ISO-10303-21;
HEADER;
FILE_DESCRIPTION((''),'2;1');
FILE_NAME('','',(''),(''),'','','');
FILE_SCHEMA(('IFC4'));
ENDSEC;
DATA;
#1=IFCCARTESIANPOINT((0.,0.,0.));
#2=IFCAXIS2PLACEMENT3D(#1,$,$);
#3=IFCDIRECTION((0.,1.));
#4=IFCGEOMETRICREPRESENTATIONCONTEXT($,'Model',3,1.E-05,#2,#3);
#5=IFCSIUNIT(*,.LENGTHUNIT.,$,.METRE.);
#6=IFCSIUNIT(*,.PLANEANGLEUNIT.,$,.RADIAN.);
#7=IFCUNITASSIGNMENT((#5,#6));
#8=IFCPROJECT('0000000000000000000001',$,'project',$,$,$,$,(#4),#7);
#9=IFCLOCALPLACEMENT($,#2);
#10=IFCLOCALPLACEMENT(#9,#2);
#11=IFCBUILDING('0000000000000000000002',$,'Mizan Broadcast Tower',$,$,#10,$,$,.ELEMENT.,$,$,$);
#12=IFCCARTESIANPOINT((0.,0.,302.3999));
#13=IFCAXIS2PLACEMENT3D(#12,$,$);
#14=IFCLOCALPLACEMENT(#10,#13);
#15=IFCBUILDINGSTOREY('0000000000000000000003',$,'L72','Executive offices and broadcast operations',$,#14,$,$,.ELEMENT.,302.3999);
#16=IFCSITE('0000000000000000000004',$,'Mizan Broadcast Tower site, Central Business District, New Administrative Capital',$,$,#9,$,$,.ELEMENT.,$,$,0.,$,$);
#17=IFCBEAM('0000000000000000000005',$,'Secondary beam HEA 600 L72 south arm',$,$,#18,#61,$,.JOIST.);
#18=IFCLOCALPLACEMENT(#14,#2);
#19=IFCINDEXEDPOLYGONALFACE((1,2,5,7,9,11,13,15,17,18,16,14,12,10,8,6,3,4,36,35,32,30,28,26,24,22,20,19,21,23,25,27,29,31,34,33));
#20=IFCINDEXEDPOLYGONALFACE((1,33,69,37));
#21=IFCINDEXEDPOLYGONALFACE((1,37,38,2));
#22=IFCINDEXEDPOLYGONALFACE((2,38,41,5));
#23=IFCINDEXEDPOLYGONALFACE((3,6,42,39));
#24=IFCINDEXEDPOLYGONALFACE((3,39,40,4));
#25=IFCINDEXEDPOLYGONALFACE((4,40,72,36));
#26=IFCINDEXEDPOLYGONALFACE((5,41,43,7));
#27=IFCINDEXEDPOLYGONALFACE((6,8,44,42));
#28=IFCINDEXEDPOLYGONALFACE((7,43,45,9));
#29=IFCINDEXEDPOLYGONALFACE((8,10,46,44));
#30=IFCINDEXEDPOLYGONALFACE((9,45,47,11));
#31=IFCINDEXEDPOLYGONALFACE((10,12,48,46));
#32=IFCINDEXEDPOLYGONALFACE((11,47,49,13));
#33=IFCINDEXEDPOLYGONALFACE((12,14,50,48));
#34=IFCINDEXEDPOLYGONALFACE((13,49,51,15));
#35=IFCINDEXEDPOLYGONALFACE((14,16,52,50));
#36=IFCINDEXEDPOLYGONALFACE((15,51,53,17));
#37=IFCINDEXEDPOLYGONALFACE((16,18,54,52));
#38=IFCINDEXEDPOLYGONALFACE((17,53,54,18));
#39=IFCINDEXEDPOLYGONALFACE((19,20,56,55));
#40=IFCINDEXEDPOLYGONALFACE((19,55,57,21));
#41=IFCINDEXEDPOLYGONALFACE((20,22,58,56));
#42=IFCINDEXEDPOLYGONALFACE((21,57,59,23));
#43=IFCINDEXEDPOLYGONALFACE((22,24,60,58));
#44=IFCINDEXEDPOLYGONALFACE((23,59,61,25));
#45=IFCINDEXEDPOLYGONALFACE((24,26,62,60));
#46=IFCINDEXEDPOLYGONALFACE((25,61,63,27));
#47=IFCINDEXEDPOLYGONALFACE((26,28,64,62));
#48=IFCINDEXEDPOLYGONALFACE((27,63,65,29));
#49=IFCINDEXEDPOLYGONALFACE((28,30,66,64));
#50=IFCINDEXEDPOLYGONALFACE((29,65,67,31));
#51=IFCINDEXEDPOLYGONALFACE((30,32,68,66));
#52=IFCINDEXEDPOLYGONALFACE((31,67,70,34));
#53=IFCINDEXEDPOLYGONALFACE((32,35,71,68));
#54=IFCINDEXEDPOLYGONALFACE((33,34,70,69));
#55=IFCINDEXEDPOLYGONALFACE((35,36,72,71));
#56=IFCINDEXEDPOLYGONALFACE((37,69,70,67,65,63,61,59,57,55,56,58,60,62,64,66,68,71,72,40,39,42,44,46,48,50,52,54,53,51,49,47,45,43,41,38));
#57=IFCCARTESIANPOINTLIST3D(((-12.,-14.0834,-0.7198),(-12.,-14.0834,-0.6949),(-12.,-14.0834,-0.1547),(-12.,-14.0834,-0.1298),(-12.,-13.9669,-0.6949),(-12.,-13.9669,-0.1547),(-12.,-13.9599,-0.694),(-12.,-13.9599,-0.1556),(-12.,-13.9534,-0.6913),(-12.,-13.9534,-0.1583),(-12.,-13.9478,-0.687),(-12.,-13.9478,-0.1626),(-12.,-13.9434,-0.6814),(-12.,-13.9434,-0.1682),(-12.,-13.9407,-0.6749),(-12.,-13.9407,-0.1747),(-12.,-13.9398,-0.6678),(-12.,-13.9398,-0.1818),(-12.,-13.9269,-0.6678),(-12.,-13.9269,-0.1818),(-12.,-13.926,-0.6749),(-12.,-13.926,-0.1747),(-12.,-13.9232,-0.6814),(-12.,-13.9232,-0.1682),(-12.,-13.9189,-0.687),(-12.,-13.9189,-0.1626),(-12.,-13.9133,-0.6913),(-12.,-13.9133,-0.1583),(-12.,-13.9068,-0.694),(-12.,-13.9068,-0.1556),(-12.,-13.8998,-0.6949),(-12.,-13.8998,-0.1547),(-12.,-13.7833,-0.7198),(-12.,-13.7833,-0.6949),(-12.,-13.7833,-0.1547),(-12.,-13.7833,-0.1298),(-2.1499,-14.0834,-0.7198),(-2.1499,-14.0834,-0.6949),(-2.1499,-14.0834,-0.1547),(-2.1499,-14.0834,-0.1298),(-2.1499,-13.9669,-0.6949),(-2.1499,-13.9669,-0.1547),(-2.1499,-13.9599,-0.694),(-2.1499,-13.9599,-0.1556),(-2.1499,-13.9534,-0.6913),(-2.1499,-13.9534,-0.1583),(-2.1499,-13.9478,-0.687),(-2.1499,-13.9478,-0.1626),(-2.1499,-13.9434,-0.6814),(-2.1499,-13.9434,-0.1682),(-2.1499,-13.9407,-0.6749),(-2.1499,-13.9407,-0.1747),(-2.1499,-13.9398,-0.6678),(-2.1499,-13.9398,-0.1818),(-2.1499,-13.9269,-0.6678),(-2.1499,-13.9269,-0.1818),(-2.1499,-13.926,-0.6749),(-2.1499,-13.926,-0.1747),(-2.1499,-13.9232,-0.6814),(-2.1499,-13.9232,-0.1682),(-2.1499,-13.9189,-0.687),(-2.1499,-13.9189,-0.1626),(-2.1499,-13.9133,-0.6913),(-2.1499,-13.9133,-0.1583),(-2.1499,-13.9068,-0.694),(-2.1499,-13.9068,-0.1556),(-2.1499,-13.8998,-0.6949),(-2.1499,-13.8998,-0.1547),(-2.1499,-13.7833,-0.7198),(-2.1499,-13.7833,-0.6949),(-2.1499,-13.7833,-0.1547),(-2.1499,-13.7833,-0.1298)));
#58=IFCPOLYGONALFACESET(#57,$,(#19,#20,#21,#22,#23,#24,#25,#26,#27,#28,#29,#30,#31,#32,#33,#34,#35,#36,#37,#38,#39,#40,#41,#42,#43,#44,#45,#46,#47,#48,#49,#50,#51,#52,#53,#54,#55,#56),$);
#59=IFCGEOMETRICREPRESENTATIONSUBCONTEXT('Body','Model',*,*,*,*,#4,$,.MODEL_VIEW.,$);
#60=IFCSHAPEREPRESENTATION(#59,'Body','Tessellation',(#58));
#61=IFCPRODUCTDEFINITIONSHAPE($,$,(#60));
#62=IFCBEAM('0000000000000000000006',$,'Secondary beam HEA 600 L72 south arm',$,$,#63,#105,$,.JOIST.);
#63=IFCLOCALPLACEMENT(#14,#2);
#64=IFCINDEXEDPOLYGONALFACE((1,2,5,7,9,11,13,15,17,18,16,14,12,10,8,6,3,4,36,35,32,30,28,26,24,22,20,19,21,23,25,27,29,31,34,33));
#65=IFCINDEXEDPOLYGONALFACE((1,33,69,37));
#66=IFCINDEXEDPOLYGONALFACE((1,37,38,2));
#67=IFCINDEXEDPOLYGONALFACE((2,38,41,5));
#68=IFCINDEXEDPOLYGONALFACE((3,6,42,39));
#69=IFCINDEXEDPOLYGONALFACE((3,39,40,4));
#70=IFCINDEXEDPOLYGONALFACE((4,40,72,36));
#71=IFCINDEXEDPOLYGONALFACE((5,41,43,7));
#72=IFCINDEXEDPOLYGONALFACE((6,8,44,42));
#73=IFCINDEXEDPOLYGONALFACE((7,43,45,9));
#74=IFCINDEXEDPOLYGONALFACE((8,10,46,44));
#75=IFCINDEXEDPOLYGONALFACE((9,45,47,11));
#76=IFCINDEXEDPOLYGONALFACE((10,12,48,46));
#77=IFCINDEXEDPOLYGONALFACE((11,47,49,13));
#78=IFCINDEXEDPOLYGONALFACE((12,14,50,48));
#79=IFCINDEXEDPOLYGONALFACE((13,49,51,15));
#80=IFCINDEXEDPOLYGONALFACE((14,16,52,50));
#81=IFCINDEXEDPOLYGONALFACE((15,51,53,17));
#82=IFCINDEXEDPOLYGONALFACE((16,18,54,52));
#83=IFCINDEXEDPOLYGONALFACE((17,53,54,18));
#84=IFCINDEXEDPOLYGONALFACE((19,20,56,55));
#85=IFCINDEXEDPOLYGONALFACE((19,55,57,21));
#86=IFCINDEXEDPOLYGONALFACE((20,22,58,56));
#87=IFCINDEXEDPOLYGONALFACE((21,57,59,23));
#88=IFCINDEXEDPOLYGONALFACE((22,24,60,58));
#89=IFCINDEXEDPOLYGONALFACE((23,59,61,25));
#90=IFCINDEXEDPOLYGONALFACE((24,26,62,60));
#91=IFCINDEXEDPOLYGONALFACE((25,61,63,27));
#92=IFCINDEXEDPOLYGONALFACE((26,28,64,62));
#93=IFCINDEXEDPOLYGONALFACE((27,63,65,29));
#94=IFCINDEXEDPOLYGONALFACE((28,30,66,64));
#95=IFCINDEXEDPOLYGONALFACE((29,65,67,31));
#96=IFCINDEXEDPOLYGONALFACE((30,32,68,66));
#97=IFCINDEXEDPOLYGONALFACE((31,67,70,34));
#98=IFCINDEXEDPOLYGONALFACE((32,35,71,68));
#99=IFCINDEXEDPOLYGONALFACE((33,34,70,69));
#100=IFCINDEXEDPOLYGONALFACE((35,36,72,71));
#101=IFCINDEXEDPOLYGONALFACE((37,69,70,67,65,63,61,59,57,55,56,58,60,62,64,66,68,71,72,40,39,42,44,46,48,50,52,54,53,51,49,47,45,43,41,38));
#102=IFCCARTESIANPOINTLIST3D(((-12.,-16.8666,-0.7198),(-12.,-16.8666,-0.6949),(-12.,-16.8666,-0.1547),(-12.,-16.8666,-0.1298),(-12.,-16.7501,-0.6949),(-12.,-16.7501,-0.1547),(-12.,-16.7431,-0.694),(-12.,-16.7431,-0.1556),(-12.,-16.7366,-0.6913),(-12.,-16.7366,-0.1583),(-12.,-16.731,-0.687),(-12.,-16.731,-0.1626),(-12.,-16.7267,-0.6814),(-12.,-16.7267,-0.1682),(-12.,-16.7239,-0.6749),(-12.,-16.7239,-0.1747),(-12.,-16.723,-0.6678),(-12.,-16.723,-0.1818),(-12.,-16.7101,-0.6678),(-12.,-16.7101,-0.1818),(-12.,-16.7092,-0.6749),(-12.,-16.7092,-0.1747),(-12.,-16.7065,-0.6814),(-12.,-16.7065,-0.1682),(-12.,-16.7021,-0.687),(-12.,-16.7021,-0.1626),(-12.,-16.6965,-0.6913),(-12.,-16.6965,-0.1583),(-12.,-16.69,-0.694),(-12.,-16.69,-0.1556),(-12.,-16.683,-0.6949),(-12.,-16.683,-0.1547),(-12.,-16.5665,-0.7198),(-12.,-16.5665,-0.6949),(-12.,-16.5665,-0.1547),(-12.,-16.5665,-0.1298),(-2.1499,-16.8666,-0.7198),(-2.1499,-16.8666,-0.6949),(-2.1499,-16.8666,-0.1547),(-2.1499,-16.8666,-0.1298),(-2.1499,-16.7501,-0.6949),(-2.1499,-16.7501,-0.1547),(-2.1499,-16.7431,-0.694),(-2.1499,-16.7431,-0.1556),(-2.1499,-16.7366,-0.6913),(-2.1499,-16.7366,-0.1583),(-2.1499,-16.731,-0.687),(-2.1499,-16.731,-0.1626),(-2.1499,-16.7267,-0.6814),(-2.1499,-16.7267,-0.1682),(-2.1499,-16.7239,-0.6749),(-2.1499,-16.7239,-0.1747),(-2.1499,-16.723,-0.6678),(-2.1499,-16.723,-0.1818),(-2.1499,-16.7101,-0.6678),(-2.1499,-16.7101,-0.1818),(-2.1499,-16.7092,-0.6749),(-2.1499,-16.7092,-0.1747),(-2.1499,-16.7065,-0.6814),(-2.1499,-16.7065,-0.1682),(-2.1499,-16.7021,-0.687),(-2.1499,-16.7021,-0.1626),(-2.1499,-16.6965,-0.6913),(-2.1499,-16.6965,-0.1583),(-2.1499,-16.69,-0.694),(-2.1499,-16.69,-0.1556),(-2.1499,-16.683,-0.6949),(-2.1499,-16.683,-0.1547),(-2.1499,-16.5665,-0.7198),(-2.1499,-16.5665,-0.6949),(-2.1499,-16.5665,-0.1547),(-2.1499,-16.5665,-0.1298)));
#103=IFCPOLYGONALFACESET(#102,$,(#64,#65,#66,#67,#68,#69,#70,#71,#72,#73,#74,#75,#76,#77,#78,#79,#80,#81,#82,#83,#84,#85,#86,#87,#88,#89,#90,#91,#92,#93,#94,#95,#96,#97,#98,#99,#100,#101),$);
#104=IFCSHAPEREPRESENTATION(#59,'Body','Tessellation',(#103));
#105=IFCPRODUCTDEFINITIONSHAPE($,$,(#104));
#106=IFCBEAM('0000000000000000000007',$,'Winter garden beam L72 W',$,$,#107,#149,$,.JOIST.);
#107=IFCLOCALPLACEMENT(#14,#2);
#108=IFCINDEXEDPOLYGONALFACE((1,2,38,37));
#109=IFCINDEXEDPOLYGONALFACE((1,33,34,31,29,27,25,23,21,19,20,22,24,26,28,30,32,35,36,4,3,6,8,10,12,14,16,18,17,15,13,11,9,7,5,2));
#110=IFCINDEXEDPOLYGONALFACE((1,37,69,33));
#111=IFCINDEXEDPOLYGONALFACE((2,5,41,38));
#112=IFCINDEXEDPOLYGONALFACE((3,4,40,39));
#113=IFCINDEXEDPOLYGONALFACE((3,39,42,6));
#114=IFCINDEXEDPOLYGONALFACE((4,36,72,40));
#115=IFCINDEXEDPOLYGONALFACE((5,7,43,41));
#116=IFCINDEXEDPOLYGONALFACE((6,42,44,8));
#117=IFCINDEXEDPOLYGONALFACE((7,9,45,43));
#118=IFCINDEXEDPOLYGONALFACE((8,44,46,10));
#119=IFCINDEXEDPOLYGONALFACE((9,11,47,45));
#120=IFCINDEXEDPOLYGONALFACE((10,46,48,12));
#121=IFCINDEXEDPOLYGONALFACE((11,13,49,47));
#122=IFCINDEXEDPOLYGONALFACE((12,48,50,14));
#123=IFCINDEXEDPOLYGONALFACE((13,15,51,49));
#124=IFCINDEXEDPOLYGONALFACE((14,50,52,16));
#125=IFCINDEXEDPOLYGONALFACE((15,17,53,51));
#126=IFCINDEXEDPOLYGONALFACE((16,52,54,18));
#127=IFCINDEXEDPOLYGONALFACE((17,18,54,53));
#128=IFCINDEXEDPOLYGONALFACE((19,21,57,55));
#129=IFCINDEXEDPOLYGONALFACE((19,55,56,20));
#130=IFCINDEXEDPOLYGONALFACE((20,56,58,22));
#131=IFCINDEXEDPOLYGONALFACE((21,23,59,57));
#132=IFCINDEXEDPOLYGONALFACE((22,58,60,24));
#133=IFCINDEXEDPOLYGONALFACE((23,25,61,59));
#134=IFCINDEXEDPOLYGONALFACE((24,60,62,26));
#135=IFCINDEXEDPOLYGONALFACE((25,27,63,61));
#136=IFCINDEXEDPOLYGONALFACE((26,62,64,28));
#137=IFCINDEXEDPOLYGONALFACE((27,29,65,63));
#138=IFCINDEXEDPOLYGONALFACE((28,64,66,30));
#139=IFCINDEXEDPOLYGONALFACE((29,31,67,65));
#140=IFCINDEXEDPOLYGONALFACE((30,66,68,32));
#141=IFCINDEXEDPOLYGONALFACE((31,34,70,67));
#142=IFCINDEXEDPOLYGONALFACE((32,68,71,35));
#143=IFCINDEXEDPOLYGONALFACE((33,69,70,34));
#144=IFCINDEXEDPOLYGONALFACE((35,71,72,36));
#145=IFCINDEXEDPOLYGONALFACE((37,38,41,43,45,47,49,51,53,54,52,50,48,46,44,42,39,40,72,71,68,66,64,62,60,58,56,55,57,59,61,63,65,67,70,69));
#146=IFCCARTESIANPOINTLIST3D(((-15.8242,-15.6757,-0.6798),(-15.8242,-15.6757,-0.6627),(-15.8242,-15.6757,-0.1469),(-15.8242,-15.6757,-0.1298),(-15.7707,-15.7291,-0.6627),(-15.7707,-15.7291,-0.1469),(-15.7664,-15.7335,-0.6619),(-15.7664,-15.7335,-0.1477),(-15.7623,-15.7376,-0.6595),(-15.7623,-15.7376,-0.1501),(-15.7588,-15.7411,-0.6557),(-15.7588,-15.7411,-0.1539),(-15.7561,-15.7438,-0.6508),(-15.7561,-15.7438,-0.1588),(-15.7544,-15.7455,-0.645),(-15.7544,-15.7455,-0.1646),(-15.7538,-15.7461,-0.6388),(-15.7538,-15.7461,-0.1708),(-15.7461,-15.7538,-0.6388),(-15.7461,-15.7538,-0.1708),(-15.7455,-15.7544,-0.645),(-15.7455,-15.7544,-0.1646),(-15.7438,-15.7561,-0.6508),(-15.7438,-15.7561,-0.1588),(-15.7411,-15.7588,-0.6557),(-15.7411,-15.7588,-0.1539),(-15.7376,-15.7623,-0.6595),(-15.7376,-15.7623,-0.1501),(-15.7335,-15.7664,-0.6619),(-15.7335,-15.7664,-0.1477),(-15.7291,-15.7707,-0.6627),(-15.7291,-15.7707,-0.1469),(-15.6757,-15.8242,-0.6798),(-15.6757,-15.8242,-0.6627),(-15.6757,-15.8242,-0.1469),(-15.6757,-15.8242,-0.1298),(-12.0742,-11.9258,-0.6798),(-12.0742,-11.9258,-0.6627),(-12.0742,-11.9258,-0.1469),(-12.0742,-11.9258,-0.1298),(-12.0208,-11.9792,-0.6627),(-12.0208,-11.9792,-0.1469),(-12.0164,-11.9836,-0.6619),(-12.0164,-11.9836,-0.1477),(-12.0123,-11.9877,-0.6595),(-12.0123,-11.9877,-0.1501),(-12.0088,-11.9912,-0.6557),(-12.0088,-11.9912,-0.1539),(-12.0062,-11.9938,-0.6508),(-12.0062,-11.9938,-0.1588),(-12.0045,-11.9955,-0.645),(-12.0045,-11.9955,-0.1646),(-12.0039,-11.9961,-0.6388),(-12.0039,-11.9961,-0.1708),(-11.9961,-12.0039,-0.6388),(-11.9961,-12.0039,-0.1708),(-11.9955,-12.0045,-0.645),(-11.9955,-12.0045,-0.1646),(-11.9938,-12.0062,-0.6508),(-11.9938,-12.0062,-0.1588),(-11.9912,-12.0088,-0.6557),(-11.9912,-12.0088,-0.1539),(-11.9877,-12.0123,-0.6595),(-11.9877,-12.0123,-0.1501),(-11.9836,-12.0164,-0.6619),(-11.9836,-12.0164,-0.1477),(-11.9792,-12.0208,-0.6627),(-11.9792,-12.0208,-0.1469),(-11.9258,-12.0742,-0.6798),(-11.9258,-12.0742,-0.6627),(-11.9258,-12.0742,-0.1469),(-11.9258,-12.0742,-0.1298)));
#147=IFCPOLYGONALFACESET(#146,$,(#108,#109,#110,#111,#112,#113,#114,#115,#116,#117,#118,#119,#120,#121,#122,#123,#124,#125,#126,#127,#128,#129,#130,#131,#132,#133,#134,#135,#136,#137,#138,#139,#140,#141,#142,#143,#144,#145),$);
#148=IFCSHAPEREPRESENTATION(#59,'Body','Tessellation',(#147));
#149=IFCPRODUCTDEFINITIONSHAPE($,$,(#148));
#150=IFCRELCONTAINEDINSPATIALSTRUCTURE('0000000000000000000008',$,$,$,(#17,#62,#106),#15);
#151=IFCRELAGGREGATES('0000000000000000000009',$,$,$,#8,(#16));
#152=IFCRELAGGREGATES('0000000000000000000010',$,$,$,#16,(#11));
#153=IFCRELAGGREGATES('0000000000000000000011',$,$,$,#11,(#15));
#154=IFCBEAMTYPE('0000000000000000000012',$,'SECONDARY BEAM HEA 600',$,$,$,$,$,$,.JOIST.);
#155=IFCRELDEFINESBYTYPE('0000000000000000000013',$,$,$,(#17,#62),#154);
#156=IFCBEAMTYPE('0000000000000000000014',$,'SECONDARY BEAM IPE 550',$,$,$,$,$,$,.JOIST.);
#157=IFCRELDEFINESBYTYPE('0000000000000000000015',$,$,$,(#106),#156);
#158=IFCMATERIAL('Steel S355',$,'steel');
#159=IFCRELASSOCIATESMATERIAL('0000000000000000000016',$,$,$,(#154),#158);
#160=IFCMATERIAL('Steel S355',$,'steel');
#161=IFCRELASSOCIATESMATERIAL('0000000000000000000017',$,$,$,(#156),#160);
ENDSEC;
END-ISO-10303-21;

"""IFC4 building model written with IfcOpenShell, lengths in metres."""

from ifc_helpers import new_model, si_unit, direction, frame, origin, origin_2d, place, context, subcontext, project, spatial, i_section, extrude, material, material_profile, profile_set, type_object, element, save


model = new_model("IFC4")

# Units and contexts
model_context = context("Model", 3, precision=1e-05, world=origin(), true_north=direction((0.0, 1.0)))
body_context = subcontext(model_context, "Body", "Model", "MODEL_VIEW")
ifc_project = project(units=[si_unit("LENGTHUNIT", "METRE"), si_unit("PLANEANGLEUNIT", "RADIAN")], contexts=[model_context])

# Site, building, storey
site_placement = place(None, origin())
site = spatial("IfcSite", under=ifc_project, at=site_placement, Name="Mizan Broadcast Tower site, Central Business District, New Administrative Capital", CompositionType="ELEMENT", RefElevation=0.0)
building_placement = place(site_placement, origin())
building = spatial("IfcBuilding", under=site, at=building_placement, Name="Mizan Broadcast Tower", CompositionType="ELEMENT")
storey_placement = place(building_placement, frame((0.0, 0.0, 302.3999)))
storey = spatial("IfcBuildingStorey", under=building, at=storey_placement, Name="L72", Description="Executive offices and broadcast operations", CompositionType="ELEMENT", Elevation=302.3999)

# Beams
ifc_material_1 = material(Name="Steel S355", Category="steel")
ifc_material_profile_1 = material_profile(ifc_material_1, i_section(OverallWidth=0.3, OverallDepth=0.5901, WebThickness=0.0129, FlangeThickness=0.0249, FilletRadius=0.0271, at=origin_2d()), Name="HEA 600")
ifc_profile_set_1 = profile_set([ifc_material_profile_1], Name="Steel S355")
beam_type_1 = type_object("IfcBeamType", Name="SECONDARY BEAM HEA 600", PredefinedType="JOIST", material=ifc_profile_set_1)
for number, where, z_axis, x_axis, name in (
    (1, (-12.0, -13.9333, -0.4248), (1.0, 0.0, 0.0), (0.0, 1.0, 0.0), "Secondary beam HEA 600 L72 south arm"),
    (2, (-12.0, -16.7166, -0.4248), (1.0, 0.0, 0.0), (0.0, 1.0, 0.0), "Secondary beam HEA 600 L72 south arm"),
):
    element("IfcBeam", number, at=place(storey_placement, frame(where, z_axis=z_axis, x_axis=x_axis)), inside=storey, type_object=beam_type_1, Name=name, PredefinedType="JOIST", context=body_context, shape_type="SweptSolid", body=[
        extrude(i_section(OverallWidth=0.3, OverallDepth=0.5901, WebThickness=0.0129, FlangeThickness=0.0249, FilletRadius=0.0271, at=origin_2d()), origin(), (0.0, 0.0, 1.0), 9.8501),
    ])
ifc_material_2 = material(Name="Steel S355", Category="steel")
ifc_material_profile_2 = material_profile(ifc_material_2, i_section(OverallWidth=0.21, OverallDepth=0.55, WebThickness=0.011, FlangeThickness=0.0171, FilletRadius=0.0239, at=origin_2d()), Name="IPE 550")
ifc_profile_set_2 = profile_set([ifc_material_profile_2], Name="Steel S355")
beam_type_2 = type_object("IfcBeamType", Name="SECONDARY BEAM IPE 550", PredefinedType="JOIST", material=ifc_profile_set_2)
beam_1_placement = place(storey_placement, frame((-12.0, -12.0, -0.4048), z_axis=(-0.707107, -0.707107, 0.0), x_axis=(0.707107, -0.707107, 0.0)))
element("IfcBeam", 3, at=beam_1_placement, inside=storey, type_object=beam_type_2, Name="Winter garden beam L72 W", PredefinedType="JOIST", context=body_context, shape_type="SweptSolid", body=[
    extrude(i_section(OverallWidth=0.21, OverallDepth=0.55, WebThickness=0.011, FlangeThickness=0.0171, FilletRadius=0.0239, at=origin_2d()), origin(), (0.0, 0.0, 1.0), 5.3032),
])

save(model, "model.ifc")
